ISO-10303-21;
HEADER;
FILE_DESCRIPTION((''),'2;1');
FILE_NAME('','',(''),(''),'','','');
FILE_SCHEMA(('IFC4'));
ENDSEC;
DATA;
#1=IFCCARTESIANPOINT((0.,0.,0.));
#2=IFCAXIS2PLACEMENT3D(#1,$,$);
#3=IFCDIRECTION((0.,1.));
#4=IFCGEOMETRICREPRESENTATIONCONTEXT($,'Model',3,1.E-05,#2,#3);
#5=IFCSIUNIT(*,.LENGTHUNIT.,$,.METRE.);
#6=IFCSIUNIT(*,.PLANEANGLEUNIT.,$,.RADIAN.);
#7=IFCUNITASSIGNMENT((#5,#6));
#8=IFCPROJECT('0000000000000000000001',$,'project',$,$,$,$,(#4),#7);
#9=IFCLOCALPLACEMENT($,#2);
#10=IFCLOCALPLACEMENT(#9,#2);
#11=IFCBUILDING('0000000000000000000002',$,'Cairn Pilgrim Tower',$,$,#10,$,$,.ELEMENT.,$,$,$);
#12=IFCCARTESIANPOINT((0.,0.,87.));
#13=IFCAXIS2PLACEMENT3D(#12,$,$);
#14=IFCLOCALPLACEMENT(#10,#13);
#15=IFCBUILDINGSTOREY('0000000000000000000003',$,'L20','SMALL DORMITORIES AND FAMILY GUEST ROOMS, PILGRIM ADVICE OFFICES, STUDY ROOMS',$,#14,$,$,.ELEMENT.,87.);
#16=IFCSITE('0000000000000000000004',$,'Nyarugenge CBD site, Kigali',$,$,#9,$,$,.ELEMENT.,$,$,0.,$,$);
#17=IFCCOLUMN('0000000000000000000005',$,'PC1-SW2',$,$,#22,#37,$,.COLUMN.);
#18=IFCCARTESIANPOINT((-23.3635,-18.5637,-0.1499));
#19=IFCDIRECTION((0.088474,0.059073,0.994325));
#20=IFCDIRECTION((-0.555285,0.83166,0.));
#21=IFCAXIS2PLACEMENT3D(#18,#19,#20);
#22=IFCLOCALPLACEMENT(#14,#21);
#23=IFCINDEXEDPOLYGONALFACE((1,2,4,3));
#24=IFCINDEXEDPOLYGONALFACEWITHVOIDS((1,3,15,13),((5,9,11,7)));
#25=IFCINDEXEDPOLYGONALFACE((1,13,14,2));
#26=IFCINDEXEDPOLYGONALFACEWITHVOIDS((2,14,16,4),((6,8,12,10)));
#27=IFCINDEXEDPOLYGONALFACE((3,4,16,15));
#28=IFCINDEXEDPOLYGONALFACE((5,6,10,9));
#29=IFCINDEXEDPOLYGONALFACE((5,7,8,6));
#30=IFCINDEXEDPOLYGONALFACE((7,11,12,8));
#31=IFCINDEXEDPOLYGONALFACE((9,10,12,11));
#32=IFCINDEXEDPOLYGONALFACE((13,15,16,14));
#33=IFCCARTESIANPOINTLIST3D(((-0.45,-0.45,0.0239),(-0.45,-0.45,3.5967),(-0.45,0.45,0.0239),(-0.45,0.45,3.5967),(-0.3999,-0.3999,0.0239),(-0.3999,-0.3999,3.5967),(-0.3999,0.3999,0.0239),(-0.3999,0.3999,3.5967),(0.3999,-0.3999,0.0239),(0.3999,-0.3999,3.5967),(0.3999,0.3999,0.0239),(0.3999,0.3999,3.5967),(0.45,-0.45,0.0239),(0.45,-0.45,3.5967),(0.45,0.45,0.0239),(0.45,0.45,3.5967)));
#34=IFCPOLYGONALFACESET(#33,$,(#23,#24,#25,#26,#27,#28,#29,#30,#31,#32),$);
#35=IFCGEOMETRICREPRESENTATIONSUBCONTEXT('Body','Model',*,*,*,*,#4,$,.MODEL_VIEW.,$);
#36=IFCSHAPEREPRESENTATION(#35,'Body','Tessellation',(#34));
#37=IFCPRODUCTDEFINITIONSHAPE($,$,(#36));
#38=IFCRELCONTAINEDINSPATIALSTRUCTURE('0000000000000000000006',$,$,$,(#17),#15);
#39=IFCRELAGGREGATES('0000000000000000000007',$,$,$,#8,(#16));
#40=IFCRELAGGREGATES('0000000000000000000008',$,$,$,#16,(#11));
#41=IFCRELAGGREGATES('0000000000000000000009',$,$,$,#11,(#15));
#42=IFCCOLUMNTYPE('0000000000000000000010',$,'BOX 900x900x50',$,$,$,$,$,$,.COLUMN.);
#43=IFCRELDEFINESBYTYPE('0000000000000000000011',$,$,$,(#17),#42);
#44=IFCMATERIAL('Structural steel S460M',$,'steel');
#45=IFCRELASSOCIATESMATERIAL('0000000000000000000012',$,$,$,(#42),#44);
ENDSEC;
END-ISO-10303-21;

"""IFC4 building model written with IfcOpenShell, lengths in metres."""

from ifc_helpers import new_model, si_unit, direction, frame, origin, origin_2d, place, context, subcontext, project, spatial, hollow_rectangle, extrude, clip, halfspace, material, material_profile, profile_set, type_object, element, save


model = new_model("IFC4")

# Units and contexts
model_context = context("Model", 3, precision=1e-05, world=origin(), true_north=direction((0.0, 1.0)))
body_context = subcontext(model_context, "Body", "Model", "MODEL_VIEW")
ifc_project = project(units=[si_unit("LENGTHUNIT", "METRE"), si_unit("PLANEANGLEUNIT", "RADIAN")], contexts=[model_context])

# Site, building, storey
site_placement = place(None, origin())
site = spatial("IfcSite", under=ifc_project, at=site_placement, Name="Nyarugenge CBD site, Kigali", CompositionType="ELEMENT", RefElevation=0.0)
building_placement = place(site_placement, origin())
building = spatial("IfcBuilding", under=site, at=building_placement, Name="Cairn Pilgrim Tower", CompositionType="ELEMENT")
storey_placement = place(building_placement, frame((0.0, 0.0, 87.0)))
storey = spatial("IfcBuildingStorey", under=building, at=storey_placement, Name="L20", Description="SMALL DORMITORIES AND FAMILY GUEST ROOMS, PILGRIM ADVICE OFFICES, STUDY ROOMS", CompositionType="ELEMENT", Elevation=87.0)

# Column
ifc_material_1 = material(Name="Structural steel S460M", Category="steel")
ifc_material_profile_1 = material_profile(ifc_material_1, hollow_rectangle(XDim=0.8999, YDim=0.8999, WallThickness=0.05, at=origin_2d()), Name="BOX 900x900x50")
ifc_profile_set_1 = profile_set([ifc_material_profile_1], Name="Structural steel S460M")
column_type = type_object("IfcColumnType", Name="BOX 900x900x50", PredefinedType="COLUMN", material=ifc_profile_set_1)
column_placement = place(storey_placement, frame((-23.3635, -18.5637, -0.1499), z_axis=(0.088474, 0.059073, 0.994325), x_axis=(-0.555285, 0.83166, 0.0)))
element("IfcColumn", 1, at=column_placement, inside=storey, type_object=column_type, Name="PC1-SW2", PredefinedType="COLUMN", context=body_context, shape_type="Clipping", body=[
    clip(clip(extrude(hollow_rectangle(XDim=0.8999, YDim=0.8999, WallThickness=0.05, at=origin_2d()), origin(), (0.0, 0.0, 1.0), 3.6204), halfspace(frame((0.0, 0.0, 0.0239), z_axis=(0.0, 0.0, 1.0), x_axis=(1.0, 0.0, 0.0)), True)), halfspace(frame((0.0, 0.0, 3.5967), z_axis=(0.0, 0.0, 1.0), x_axis=(1.0, 0.0, 0.0)), False)),
])

save(model, "model.ifc")
